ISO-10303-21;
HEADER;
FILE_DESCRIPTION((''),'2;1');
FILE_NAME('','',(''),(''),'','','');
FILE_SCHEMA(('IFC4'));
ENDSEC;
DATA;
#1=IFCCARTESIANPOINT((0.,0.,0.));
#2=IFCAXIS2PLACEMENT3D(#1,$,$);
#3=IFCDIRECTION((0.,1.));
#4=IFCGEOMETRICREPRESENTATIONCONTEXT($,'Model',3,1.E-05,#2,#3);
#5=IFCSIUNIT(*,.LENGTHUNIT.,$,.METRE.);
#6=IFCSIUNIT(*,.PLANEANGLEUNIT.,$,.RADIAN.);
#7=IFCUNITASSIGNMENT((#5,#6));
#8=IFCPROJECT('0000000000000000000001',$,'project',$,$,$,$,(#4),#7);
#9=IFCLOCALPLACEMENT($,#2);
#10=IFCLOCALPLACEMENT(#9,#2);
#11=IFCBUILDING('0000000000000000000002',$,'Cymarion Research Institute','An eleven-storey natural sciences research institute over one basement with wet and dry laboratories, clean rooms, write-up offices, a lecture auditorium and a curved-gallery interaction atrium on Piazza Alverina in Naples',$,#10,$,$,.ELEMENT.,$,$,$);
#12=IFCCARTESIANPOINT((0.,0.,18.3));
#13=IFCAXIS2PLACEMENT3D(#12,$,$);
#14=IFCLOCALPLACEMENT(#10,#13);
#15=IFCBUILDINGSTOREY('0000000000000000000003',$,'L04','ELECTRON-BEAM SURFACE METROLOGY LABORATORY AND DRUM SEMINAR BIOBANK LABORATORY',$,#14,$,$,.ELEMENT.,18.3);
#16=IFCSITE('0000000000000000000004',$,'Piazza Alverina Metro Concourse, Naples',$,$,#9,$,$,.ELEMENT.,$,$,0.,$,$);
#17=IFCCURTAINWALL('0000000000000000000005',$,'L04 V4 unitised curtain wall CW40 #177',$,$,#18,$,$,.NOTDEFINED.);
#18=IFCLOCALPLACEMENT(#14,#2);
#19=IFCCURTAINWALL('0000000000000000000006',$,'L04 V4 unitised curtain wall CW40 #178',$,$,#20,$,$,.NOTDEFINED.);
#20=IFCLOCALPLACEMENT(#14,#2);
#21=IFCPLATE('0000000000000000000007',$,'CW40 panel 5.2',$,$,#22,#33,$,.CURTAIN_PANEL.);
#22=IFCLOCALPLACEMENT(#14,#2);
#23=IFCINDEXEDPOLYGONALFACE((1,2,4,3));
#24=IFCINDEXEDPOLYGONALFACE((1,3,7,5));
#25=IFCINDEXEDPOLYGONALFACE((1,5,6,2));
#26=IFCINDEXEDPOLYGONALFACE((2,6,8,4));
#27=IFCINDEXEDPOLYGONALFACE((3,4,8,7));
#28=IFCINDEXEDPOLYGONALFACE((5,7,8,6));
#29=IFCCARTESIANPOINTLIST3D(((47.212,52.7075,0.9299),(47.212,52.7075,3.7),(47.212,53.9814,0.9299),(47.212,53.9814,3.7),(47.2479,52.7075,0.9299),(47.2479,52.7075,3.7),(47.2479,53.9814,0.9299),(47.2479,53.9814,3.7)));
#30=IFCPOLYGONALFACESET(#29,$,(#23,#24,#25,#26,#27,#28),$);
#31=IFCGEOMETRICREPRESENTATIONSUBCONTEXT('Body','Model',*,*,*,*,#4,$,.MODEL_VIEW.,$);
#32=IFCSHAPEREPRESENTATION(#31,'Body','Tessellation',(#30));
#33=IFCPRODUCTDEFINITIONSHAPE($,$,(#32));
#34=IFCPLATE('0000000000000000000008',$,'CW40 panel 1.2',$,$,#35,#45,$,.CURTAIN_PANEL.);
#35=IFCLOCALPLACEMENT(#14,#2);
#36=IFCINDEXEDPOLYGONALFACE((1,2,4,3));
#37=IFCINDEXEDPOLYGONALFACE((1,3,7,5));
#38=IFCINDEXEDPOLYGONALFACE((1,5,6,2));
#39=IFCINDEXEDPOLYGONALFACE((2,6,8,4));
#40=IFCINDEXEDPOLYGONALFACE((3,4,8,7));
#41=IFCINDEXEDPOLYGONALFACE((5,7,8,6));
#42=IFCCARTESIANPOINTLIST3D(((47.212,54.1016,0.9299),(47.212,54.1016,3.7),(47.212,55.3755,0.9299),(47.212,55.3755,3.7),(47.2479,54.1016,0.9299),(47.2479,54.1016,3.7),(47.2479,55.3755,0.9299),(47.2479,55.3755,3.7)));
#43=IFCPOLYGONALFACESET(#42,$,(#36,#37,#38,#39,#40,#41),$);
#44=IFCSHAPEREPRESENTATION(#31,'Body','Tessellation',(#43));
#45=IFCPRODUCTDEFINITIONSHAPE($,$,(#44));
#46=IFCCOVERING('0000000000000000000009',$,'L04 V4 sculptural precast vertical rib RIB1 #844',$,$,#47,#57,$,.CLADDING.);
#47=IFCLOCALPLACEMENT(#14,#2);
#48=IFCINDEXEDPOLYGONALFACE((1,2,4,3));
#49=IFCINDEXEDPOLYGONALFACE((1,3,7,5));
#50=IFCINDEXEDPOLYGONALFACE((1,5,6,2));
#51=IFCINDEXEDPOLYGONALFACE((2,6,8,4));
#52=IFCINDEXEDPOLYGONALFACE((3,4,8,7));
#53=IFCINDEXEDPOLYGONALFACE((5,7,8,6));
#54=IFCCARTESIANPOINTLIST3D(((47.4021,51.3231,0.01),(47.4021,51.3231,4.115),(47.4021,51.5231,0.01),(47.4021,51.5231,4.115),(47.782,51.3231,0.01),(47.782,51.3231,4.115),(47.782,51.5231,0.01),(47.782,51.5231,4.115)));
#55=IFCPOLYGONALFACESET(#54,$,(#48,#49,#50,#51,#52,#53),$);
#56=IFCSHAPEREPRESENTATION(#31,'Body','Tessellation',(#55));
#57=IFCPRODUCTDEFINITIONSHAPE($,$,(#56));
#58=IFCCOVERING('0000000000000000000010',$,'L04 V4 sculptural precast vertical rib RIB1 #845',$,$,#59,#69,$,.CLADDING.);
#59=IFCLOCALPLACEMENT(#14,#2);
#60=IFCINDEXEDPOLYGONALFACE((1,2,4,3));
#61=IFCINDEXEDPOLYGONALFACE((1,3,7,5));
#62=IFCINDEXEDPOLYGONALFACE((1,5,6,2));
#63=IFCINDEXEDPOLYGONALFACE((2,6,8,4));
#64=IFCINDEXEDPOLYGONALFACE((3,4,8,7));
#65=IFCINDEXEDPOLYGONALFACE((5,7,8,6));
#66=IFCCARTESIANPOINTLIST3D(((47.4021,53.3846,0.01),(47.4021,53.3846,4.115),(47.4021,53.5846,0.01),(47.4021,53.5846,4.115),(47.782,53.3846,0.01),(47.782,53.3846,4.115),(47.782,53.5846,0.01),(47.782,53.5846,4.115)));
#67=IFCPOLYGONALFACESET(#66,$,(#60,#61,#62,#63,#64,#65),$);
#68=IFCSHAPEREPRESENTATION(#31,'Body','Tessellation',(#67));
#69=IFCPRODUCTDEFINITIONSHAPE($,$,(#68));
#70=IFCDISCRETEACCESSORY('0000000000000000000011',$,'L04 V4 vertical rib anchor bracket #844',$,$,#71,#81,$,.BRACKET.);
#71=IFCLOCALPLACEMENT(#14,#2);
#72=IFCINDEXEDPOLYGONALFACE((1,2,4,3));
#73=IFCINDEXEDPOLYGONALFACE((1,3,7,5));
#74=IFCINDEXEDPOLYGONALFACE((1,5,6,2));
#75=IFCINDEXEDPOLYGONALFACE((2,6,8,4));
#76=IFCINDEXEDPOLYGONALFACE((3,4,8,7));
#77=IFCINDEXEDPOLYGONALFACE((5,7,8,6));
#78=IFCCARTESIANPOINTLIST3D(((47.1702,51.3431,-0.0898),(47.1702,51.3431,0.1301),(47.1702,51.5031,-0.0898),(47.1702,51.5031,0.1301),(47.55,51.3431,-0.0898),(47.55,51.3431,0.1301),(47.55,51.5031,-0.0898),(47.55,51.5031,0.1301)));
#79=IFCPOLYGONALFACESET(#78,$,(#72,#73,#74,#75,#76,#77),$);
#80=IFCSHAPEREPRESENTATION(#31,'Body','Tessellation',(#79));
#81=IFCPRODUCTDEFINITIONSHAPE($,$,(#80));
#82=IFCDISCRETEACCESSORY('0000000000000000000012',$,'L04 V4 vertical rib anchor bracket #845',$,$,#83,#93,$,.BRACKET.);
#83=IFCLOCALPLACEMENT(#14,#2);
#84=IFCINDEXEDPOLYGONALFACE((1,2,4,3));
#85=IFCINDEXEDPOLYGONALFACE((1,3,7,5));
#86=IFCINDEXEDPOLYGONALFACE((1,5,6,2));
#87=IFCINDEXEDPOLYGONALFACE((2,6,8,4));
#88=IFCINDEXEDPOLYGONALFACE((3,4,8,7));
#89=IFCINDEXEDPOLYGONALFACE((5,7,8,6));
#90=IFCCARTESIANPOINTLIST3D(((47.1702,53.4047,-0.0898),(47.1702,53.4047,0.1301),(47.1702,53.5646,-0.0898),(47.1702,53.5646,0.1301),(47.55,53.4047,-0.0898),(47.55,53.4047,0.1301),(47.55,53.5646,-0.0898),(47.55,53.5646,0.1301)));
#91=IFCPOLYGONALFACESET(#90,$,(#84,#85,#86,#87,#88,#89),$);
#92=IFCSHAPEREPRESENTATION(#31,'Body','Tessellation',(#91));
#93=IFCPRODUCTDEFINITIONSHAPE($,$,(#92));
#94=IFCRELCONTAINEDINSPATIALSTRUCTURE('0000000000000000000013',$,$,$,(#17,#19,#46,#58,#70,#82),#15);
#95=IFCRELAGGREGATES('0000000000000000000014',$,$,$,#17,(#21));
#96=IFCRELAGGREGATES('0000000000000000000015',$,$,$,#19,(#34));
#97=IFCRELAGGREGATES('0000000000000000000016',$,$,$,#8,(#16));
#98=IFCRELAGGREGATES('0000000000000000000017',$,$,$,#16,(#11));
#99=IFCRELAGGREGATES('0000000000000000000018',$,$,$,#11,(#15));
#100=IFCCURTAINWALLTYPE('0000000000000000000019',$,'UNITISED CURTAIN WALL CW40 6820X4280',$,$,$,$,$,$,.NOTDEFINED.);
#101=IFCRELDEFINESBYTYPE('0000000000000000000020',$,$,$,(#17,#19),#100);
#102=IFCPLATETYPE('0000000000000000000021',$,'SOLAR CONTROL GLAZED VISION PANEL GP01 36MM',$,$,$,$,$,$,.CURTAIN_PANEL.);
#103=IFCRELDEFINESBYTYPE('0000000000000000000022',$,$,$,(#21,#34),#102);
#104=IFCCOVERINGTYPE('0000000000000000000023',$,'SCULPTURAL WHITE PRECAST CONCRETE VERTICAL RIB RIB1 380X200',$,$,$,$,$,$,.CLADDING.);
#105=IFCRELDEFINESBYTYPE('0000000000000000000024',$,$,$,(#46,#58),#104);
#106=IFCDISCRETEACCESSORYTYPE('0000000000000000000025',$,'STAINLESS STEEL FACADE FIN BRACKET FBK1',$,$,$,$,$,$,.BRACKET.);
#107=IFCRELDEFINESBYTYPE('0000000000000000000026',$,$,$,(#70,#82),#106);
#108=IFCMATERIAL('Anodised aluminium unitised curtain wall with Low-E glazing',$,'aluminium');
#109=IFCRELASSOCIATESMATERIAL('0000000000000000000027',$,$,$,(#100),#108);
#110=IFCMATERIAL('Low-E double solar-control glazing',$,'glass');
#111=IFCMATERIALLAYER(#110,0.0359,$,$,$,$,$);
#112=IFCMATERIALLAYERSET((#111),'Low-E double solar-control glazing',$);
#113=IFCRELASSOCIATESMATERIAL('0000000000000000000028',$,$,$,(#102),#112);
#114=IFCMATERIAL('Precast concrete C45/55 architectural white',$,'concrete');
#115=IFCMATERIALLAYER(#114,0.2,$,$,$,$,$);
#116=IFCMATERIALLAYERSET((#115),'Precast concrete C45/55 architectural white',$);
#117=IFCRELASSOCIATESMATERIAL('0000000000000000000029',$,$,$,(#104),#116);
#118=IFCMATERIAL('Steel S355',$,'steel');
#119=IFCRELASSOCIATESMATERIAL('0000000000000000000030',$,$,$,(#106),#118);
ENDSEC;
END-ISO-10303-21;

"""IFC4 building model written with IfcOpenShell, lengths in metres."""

from ifc_helpers import new_model, si_unit, direction, frame, origin, origin_2d, place, context, subcontext, project, spatial, rectangle, extrude, material, layer, layer_set, type_object, element, aggregate, save


model = new_model("IFC4")

# Units and contexts
model_context = context("Model", 3, precision=1e-05, world=origin(), true_north=direction((0.0, 1.0)))
body_context = subcontext(model_context, "Body", "Model", "MODEL_VIEW")
ifc_project = project(units=[si_unit("LENGTHUNIT", "METRE"), si_unit("PLANEANGLEUNIT", "RADIAN")], contexts=[model_context])

# Site, building, storey
site_placement = place(None, origin())
site = spatial("IfcSite", under=ifc_project, at=site_placement, Name="Piazza Alverina Metro Concourse, Naples", CompositionType="ELEMENT", RefElevation=0.0)
building_placement = place(site_placement, origin())
building = spatial("IfcBuilding", under=site, at=building_placement, Name="Cymarion Research Institute", Description="An eleven-storey natural sciences research institute over one basement with wet and dry laboratories, clean rooms, write-up offices, a lecture auditorium and a curved-gallery interaction atrium on Piazza Alverina in Naples", CompositionType="ELEMENT")
storey_placement = place(building_placement, frame((0.0, 0.0, 18.3)))
storey = spatial("IfcBuildingStorey", under=building, at=storey_placement, Name="L04", Description="ELECTRON-BEAM SURFACE METROLOGY LABORATORY AND DRUM SEMINAR BIOBANK LABORATORY", CompositionType="ELEMENT", Elevation=18.3)

# Curtain wall
ifc_material_1 = material(Name="Anodised aluminium unitised curtain wall with Low-E glazing", Category="aluminium")
curtain_wall_type = type_object("IfcCurtainWallType", Name="UNITISED CURTAIN WALL CW40 6820X4280", PredefinedType="NOTDEFINED", material=ifc_material_1)
curtain_wall_1_placement = place(storey_placement, origin())
curtain_wall_1 = element("IfcCurtainWall", 1, at=curtain_wall_1_placement, inside=storey, type_object=curtain_wall_type, Name="L04 V4 unitised curtain wall CW40 #177", PredefinedType="NOTDEFINED")

# Curtain wall
curtain_wall_2_placement = place(storey_placement, origin())
curtain_wall_2 = element("IfcCurtainWall", 2, at=curtain_wall_2_placement, inside=storey, type_object=curtain_wall_type, Name="L04 V4 unitised curtain wall CW40 #178", PredefinedType="NOTDEFINED")

# Plates
ifc_material_2 = material(Name="Low-E double solar-control glazing", Category="glass")
ifc_layer_1 = layer(ifc_material_2, 0.0359)
ifc_layer_set_1 = layer_set([ifc_layer_1], Name="Low-E double solar-control glazing")
plate_type_1 = type_object("IfcPlateType", Name="SOLAR CONTROL GLAZED VISION PANEL GP01 36MM", PredefinedType="CURTAIN_PANEL", material=ifc_layer_set_1)
plate_1_placement = place(storey_placement, frame((47.23, 53.3445, 0.9299), z_axis=(0.0, 0.0, 1.0), x_axis=(0.0, 1.0, 0.0)))
plate_1 = element("IfcPlate", 3, at=plate_1_placement, type_object=plate_type_1, Name="CW40 panel 5.2", PredefinedType="CURTAIN_PANEL", context=body_context, shape_type="SweptSolid", body=[
    extrude(rectangle(XDim=1.2739, YDim=0.0359, at=origin_2d()), origin(), (0.0, 0.0, 1.0), 2.77),
])
aggregate(curtain_wall_1, [plate_1])
plate_2_placement = place(storey_placement, frame((47.23, 54.7385, 0.9299), z_axis=(0.0, 0.0, 1.0), x_axis=(0.0, 1.0, 0.0)))
plate_2 = element("IfcPlate", 4, at=plate_2_placement, type_object=plate_type_1, Name="CW40 panel 1.2", PredefinedType="CURTAIN_PANEL", context=body_context, shape_type="SweptSolid", body=[
    extrude(rectangle(XDim=1.2739, YDim=0.0359, at=origin_2d()), origin(), (0.0, 0.0, 1.0), 2.77),
])
aggregate(curtain_wall_2, [plate_2])

# Coverings
ifc_material_3 = material(Name="Precast concrete C45/55 architectural white", Category="concrete")
ifc_layer_2 = layer(ifc_material_3, 0.2)
ifc_layer_set_2 = layer_set([ifc_layer_2], Name="Precast concrete C45/55 architectural white")
covering_type = type_object("IfcCoveringType", Name="SCULPTURAL WHITE PRECAST CONCRETE VERTICAL RIB RIB1 380X200", PredefinedType="CLADDING", material=ifc_layer_set_2)
for number, where, z_axis, x_axis, name in (
    (5, (47.592, 51.4231, 0.01), (0.0, 0.0, 1.0), (1.0, 0.0, 0.0), "L04 V4 sculptural precast vertical rib RIB1 #844"),
    (6, (47.592, 53.4846, 0.01), (0.0, 0.0, 1.0), (1.0, 0.0, 0.0), "L04 V4 sculptural precast vertical rib RIB1 #845"),
):
    element("IfcCovering", number, at=place(storey_placement, frame(where, z_axis=z_axis, x_axis=x_axis)), inside=storey, type_object=covering_type, Name=name, PredefinedType="CLADDING", context=body_context, shape_type="SweptSolid", body=[
        extrude(rectangle(XDim=0.3799, YDim=0.2, at=origin_2d()), origin(), (0.0, 0.0, 1.0), 4.105),
    ])

# Discrete accessories
ifc_material_4 = material(Name="Steel S355", Category="steel")
discrete_accessory_type = type_object("IfcDiscreteAccessoryType", Name="STAINLESS STEEL FACADE FIN BRACKET FBK1", PredefinedType="BRACKET", material=ifc_material_4)
for number, where, z_axis, x_axis, name in (
    (7, (47.3601, 51.4231, -0.0898), (0.0, 0.0, 1.0), (1.0, 0.0, 0.0), "L04 V4 vertical rib anchor bracket #844"),
    (8, (47.3601, 53.4846, -0.0898), (0.0, 0.0, 1.0), (1.0, 0.0, 0.0), "L04 V4 vertical rib anchor bracket #845"),
):
    element("IfcDiscreteAccessory", number, at=place(storey_placement, frame(where, z_axis=z_axis, x_axis=x_axis)), inside=storey, type_object=discrete_accessory_type, Name=name, PredefinedType="BRACKET", context=body_context, shape_type="SweptSolid", body=[
        extrude(rectangle(XDim=0.3799, YDim=0.1599, at=origin_2d()), origin(), (0.0, 0.0, 1.0), 0.22),
    ])

save(model, "model.ifc")
